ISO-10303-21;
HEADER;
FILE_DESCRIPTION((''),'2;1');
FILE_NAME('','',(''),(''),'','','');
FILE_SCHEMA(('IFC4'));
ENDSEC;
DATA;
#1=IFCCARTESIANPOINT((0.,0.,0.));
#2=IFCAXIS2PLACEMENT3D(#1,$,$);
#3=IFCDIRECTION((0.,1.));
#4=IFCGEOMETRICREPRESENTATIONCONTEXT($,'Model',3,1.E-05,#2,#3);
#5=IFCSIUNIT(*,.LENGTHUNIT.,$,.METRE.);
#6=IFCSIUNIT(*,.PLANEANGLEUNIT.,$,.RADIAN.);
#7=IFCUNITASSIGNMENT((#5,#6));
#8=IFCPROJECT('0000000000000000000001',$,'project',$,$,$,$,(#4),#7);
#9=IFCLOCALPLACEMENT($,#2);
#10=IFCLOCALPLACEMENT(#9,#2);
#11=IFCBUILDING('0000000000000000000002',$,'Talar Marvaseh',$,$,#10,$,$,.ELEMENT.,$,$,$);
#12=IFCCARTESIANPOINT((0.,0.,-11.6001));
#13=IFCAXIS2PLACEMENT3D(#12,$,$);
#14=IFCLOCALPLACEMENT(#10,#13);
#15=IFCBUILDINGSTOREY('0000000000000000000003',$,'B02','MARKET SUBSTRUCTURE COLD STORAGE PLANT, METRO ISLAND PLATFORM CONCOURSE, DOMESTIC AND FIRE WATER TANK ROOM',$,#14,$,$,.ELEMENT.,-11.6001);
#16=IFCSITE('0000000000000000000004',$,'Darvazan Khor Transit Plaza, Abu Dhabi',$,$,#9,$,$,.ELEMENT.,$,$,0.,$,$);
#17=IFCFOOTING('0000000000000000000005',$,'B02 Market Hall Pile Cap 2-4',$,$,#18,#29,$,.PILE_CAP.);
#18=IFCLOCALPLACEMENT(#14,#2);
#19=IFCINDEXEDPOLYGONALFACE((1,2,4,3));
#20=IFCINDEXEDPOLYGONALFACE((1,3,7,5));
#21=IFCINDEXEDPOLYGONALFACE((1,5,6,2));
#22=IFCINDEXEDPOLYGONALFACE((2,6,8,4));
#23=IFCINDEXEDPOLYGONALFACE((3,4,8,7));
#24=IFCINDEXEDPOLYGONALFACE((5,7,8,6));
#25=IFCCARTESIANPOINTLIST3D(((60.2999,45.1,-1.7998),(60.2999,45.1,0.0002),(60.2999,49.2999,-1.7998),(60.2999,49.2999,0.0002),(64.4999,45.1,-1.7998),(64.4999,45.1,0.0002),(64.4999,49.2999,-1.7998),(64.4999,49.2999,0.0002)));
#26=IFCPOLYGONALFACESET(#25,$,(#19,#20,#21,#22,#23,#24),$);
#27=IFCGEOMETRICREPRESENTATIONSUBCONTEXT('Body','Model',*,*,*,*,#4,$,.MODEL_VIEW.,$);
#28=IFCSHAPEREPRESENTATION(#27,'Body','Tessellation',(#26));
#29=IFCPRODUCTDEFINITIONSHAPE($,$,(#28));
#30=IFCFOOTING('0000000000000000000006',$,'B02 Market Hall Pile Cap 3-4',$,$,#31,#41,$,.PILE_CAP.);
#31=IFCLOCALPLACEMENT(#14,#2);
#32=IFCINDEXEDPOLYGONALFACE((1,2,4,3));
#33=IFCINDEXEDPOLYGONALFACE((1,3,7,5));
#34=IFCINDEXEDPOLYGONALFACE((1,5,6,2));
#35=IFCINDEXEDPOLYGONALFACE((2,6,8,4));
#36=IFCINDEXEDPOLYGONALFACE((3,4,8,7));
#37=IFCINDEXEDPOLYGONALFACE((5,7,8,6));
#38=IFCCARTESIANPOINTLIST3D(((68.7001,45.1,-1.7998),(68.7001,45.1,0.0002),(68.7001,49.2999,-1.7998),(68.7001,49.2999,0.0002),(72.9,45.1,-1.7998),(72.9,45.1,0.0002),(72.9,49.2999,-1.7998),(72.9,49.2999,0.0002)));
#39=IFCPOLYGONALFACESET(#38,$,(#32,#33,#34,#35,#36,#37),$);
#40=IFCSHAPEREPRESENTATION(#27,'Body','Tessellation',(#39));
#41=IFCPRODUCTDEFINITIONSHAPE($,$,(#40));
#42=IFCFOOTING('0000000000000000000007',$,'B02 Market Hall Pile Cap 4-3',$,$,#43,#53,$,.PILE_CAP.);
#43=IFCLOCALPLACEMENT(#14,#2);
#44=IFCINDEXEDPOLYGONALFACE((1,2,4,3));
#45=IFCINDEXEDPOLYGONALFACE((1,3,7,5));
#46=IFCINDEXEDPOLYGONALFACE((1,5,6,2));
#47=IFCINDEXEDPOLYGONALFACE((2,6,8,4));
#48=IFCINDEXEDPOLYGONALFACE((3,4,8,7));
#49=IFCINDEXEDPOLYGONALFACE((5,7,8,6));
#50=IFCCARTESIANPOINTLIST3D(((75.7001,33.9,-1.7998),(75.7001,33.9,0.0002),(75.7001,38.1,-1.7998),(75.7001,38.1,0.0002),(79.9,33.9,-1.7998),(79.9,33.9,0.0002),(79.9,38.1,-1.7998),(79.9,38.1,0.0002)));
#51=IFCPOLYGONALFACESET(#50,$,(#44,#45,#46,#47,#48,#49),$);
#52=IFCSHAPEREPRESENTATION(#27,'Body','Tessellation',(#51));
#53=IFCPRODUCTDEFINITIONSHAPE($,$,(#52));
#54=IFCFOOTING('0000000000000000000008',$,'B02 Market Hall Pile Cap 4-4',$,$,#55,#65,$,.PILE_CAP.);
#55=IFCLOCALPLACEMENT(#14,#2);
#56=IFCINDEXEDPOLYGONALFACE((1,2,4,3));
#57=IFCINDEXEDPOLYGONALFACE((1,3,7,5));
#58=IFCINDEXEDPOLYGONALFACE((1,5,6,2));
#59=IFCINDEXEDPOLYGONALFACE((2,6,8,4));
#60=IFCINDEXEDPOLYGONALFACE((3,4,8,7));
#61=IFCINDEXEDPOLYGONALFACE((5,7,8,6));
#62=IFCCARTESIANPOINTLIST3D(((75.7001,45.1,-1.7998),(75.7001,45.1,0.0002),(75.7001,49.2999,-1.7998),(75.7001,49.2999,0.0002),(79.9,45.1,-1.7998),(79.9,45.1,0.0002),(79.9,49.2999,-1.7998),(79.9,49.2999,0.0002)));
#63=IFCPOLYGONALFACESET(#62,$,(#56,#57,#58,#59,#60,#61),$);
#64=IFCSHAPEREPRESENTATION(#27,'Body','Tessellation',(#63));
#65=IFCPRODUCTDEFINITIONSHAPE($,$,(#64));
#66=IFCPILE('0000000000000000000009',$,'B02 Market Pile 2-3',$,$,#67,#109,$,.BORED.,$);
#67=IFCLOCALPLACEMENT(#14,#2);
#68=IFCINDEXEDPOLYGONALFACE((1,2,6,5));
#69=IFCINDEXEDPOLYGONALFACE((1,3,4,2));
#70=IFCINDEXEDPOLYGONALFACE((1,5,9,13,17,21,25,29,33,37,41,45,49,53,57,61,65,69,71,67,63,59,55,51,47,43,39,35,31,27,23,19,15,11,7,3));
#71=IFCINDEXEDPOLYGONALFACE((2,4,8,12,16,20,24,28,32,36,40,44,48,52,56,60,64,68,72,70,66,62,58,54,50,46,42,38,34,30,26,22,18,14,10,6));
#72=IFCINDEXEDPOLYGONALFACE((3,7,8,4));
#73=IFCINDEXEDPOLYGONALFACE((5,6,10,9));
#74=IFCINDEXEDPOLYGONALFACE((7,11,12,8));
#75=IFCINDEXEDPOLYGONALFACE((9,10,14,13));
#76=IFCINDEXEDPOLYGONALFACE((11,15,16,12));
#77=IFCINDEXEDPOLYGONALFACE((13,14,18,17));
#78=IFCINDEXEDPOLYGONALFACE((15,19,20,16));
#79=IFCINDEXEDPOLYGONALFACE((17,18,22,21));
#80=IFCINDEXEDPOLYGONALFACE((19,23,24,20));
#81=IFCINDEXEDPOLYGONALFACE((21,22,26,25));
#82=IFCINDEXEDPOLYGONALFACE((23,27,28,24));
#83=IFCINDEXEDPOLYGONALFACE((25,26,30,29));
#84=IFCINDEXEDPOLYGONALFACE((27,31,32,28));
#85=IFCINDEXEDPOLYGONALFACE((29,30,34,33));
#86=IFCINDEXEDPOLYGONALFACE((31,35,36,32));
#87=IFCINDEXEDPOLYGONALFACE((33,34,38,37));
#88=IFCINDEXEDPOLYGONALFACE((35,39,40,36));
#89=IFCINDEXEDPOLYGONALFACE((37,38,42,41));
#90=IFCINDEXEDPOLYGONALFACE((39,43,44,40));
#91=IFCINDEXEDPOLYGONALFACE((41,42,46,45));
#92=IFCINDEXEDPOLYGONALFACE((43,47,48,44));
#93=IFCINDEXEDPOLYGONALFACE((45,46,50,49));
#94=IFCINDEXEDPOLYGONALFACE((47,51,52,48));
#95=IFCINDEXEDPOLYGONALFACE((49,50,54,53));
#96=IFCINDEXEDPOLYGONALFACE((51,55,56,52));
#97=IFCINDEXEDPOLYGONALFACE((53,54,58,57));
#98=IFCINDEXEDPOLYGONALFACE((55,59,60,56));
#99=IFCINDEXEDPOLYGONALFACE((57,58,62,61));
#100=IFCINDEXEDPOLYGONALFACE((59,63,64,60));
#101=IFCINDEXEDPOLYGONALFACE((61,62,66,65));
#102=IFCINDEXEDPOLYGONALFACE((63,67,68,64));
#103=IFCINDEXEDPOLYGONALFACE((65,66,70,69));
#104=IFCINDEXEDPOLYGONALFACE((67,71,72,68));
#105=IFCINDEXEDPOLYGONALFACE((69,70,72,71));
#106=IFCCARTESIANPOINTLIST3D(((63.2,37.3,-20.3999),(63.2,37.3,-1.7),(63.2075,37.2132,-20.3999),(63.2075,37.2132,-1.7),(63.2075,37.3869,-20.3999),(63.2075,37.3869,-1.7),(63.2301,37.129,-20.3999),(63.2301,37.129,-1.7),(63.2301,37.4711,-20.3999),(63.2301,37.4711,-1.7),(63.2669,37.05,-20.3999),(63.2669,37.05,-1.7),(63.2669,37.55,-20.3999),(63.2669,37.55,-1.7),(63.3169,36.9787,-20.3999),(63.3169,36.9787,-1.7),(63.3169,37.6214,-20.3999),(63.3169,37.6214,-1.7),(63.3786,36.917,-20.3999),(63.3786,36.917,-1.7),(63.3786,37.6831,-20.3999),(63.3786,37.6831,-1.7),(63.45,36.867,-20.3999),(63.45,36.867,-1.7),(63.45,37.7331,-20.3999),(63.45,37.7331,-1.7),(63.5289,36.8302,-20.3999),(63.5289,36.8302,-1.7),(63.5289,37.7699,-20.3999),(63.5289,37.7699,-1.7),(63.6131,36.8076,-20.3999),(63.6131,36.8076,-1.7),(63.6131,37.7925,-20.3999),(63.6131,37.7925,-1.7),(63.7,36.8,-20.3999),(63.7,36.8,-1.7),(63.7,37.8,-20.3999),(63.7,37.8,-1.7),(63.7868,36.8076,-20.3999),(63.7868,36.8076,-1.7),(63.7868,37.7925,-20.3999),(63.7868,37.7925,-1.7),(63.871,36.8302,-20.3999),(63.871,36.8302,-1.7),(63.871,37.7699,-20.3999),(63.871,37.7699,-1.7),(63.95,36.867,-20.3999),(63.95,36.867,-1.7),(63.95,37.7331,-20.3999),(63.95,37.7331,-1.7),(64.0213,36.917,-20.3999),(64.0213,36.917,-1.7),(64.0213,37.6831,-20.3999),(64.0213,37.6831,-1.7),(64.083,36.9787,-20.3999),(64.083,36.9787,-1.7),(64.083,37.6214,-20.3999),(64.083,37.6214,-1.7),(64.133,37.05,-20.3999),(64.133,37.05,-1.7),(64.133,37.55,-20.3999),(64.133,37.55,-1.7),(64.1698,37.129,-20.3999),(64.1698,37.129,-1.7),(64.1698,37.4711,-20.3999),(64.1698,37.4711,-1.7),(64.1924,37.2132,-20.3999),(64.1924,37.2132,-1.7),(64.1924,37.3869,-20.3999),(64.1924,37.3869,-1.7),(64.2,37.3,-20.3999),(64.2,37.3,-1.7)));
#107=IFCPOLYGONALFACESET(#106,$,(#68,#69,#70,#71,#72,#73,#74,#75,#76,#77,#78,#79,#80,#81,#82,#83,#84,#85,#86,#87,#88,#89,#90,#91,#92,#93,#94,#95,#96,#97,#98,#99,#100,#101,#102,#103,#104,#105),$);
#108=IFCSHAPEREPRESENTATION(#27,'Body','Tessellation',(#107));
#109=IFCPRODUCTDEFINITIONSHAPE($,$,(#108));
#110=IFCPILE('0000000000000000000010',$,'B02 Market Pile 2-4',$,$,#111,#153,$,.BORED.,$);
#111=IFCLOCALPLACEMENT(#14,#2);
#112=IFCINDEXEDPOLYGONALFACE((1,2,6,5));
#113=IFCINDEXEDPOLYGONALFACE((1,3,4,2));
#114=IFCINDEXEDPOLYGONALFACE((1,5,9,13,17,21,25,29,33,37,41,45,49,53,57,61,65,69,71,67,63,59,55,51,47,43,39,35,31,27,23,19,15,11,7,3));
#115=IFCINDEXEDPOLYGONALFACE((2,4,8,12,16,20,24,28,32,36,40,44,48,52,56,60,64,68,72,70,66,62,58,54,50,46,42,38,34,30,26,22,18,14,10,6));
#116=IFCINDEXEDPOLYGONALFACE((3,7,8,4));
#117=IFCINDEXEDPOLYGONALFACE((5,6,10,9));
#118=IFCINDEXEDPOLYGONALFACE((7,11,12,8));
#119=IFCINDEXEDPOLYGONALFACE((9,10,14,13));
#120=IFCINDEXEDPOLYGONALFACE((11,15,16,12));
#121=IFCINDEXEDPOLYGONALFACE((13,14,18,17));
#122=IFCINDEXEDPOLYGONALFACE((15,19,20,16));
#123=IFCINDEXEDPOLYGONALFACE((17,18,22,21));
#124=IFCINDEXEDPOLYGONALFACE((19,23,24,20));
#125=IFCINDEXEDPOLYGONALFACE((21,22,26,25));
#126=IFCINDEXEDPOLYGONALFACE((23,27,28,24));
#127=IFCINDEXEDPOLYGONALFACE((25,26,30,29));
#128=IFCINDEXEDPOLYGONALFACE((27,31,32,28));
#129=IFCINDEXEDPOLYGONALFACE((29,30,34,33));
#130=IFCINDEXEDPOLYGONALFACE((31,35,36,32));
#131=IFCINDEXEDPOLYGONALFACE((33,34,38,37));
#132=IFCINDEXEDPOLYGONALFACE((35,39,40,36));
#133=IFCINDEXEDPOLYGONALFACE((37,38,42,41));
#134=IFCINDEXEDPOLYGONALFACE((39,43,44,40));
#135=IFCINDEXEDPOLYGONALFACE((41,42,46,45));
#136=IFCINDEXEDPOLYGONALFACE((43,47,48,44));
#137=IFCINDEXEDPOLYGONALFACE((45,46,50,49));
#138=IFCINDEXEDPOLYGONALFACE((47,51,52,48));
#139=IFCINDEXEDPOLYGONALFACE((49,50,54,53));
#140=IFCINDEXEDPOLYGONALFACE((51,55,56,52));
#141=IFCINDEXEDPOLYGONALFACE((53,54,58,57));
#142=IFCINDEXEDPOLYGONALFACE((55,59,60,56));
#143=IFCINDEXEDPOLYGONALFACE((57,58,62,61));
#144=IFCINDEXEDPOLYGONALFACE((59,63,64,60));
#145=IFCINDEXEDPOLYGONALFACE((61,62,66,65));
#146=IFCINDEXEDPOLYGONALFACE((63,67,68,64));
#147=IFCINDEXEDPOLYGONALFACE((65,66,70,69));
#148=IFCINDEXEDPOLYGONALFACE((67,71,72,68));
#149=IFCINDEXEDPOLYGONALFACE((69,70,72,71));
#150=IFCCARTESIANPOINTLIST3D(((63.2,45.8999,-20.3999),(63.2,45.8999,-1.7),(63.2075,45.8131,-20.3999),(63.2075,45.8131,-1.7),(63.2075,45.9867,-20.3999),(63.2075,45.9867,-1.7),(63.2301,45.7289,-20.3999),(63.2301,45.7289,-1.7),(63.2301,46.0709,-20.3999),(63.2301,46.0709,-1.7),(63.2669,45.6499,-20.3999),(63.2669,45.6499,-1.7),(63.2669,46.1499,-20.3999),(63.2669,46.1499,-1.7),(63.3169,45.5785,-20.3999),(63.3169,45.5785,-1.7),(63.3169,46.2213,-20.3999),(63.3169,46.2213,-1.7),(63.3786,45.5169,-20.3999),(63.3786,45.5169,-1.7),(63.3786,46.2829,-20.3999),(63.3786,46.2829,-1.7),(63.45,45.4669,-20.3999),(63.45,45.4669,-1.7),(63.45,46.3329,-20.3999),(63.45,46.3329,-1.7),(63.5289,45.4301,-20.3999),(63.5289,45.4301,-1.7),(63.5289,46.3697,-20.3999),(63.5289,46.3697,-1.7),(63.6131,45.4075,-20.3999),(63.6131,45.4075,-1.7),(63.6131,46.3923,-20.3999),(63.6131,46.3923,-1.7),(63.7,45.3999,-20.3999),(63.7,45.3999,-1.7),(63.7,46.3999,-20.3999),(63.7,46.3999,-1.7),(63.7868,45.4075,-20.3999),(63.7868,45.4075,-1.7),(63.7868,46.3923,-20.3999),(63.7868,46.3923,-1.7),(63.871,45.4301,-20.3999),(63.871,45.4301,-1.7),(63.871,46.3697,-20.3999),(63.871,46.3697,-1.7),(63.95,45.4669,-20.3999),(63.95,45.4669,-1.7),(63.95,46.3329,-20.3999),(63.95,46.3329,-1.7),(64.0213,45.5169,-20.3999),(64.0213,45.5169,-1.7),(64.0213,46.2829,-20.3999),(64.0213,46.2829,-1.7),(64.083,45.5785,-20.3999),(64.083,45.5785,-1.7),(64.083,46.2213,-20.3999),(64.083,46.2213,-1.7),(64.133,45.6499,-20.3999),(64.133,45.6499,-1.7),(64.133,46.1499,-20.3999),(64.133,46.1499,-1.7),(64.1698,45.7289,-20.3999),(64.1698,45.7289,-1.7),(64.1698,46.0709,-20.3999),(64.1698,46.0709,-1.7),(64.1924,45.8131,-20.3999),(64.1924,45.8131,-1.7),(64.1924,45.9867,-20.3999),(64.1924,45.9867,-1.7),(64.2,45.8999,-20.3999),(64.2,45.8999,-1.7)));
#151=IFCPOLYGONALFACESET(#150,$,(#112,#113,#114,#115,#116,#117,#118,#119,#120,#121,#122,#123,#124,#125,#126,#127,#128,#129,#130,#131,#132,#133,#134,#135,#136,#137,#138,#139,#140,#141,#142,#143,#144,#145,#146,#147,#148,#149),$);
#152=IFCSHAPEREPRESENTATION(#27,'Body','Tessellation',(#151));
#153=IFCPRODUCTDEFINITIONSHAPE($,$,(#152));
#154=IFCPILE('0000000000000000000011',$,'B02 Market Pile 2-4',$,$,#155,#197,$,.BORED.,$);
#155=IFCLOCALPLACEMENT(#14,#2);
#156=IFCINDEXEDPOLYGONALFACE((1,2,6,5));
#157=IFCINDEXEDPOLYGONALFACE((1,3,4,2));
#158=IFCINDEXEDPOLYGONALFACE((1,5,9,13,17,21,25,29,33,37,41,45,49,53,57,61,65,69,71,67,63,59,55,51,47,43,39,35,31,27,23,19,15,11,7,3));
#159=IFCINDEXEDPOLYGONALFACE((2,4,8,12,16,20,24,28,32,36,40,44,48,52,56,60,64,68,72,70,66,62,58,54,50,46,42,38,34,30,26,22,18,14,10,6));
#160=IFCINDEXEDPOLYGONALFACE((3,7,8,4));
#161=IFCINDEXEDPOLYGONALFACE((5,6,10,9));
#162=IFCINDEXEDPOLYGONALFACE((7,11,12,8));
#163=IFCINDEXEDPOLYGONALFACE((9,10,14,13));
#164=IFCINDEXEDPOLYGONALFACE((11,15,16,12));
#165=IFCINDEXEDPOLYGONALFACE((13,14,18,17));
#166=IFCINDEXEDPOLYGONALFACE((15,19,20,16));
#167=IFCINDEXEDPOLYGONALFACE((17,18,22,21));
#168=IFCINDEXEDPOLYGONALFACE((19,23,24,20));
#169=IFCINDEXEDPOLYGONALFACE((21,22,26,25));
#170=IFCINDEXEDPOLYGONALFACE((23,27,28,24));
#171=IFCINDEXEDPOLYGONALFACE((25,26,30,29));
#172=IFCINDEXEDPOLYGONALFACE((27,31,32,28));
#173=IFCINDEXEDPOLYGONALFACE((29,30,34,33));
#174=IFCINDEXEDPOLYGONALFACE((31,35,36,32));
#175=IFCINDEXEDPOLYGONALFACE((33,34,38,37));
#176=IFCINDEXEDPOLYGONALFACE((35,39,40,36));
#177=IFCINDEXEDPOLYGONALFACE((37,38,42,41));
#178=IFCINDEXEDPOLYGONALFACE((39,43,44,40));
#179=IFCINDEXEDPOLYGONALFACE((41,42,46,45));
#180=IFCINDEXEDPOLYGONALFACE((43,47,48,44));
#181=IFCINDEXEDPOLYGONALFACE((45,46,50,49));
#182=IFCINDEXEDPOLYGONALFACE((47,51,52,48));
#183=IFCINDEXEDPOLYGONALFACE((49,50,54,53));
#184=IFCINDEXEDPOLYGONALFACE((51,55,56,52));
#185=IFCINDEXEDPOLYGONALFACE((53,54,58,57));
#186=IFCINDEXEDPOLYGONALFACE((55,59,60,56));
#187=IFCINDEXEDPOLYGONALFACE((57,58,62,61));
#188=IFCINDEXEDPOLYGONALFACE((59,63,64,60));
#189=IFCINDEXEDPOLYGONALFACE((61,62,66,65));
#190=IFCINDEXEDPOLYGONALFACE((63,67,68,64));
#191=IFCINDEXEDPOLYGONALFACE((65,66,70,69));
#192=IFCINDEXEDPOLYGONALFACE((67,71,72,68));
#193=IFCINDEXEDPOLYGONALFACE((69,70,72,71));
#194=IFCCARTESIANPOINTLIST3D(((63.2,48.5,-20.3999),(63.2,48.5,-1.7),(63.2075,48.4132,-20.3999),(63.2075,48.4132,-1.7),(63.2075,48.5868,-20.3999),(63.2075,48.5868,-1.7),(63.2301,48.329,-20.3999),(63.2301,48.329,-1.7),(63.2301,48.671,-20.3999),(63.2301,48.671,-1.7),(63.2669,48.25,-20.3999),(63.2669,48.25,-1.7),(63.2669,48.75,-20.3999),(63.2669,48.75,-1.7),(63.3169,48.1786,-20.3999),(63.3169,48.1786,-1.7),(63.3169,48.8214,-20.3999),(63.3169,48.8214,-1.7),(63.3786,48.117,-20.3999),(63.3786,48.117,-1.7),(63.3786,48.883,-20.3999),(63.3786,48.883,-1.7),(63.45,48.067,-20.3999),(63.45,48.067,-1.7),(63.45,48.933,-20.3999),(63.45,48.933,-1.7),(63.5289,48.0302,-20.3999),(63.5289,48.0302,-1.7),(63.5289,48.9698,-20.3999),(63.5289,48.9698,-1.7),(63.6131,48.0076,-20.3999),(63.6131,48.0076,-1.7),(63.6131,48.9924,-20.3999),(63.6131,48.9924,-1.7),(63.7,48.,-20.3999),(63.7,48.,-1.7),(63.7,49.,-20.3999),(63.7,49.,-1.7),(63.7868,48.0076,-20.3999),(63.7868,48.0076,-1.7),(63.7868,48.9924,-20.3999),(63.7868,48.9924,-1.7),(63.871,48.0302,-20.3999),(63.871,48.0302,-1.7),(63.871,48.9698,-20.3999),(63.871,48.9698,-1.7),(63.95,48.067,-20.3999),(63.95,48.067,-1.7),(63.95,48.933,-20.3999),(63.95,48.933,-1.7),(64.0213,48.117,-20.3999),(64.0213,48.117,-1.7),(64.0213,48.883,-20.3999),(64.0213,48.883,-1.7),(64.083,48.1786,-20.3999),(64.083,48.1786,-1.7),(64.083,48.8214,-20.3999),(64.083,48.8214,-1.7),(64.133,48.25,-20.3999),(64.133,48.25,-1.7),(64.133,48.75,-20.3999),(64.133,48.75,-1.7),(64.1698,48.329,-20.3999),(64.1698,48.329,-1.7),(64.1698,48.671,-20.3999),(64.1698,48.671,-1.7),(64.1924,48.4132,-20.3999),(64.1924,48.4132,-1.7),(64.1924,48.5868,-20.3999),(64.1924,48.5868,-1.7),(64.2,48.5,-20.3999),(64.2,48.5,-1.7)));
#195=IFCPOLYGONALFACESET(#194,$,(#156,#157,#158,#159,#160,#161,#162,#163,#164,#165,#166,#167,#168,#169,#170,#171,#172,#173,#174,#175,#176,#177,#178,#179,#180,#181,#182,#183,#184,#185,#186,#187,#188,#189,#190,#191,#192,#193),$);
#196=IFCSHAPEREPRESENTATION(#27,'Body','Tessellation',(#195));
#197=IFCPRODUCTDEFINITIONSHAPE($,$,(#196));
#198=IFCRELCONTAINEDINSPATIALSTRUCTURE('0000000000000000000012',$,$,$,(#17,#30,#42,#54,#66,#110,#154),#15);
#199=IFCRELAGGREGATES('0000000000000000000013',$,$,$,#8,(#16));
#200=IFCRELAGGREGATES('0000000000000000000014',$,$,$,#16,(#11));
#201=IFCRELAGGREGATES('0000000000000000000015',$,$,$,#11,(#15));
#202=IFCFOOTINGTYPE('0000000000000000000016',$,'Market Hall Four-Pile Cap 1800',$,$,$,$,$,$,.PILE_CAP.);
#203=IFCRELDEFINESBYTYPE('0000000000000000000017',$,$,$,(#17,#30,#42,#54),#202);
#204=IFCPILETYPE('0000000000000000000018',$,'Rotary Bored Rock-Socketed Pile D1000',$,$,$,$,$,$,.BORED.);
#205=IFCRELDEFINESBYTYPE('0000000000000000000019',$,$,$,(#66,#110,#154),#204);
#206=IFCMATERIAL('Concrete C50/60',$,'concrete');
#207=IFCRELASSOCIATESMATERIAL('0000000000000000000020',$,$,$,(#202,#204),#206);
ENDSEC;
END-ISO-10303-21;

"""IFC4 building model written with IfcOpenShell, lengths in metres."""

from ifc_helpers import new_model, si_unit, direction, frame, origin, origin_2d, place, context, subcontext, project, spatial, rectangle, circle, extrude, source, transform, mapped, material, material_profile, profile_set, type_object, type_shapes, element, save


model = new_model("IFC4")

# Units and contexts
model_context = context("Model", 3, precision=1e-05, world=origin(), true_north=direction((0.0, 1.0)))
body_context = subcontext(model_context, "Body", "Model", "MODEL_VIEW")
ifc_project = project(units=[si_unit("LENGTHUNIT", "METRE"), si_unit("PLANEANGLEUNIT", "RADIAN")], contexts=[model_context])

# Site, building, storey
site_placement = place(None, origin())
site = spatial("IfcSite", under=ifc_project, at=site_placement, Name="Darvazan Khor Transit Plaza, Abu Dhabi", CompositionType="ELEMENT", RefElevation=0.0)
building_placement = place(site_placement, origin())
building = spatial("IfcBuilding", under=site, at=building_placement, Name="Talar Marvaseh", CompositionType="ELEMENT")
storey_placement = place(building_placement, frame((0.0, 0.0, -11.6001)))
storey = spatial("IfcBuildingStorey", under=building, at=storey_placement, Name="B02", Description="MARKET SUBSTRUCTURE COLD STORAGE PLANT, METRO ISLAND PLATFORM CONCOURSE, DOMESTIC AND FIRE WATER TANK ROOM", CompositionType="ELEMENT", Elevation=-11.6001)

# Footings
ifc_material_1 = material(Name="Concrete C50/60", Category="concrete")
footing_type_1 = type_object("IfcFootingType", Name="Market Hall Four-Pile Cap 1800", PredefinedType="PILE_CAP", material=ifc_material_1)
shared_shape_1 = source(origin(), body_context, "Body", "SweptSolid", [
    extrude(rectangle(XDim=4.2, YDim=4.2, at=origin_2d()), origin(), (0.0, 0.0, 1.0), 1.8),
])
type_shapes(footing_type_1, [shared_shape_1])
for number, where, z_axis, x_axis, name in (
    (1, (62.3999, 47.2, -1.7998), (0.0, 0.0, 1.0), (1.0, 0.0, 0.0), "B02 Market Hall Pile Cap 2-4"),
    (2, (70.8, 47.2, -1.7998), (0.0, 0.0, 1.0), (1.0, 0.0, 0.0), "B02 Market Hall Pile Cap 3-4"),
    (3, (77.8, 36.0, -1.7998), (0.0, 0.0, 1.0), (1.0, 0.0, 0.0), "B02 Market Hall Pile Cap 4-3"),
    (4, (77.8, 47.2, -1.7998), (0.0, 0.0, 1.0), (1.0, 0.0, 0.0), "B02 Market Hall Pile Cap 4-4"),
):
    element("IfcFooting", number, at=place(storey_placement, frame(where, z_axis=z_axis, x_axis=x_axis)), inside=storey, type_object=footing_type_1, Name=name, PredefinedType="PILE_CAP", context=body_context, shape_type="MappedRepresentation", body=[
        mapped(shared_shape_1, transform((0.0, 0.0, 0.0), x_axis=(1.0, 0.0, 0.0), y_axis=(0.0, 1.0, 0.0), z_axis=(0.0, 0.0, 1.0), scale=1.0)),
    ])

# Piles
ifc_material_profile_1 = material_profile(ifc_material_1, circle(Radius=0.5, at=origin_2d()), Name="PILE-D1000")
ifc_profile_set_1 = profile_set([ifc_material_profile_1], Name="Concrete C50/60")
pile_type = type_object("IfcPileType", Name="Rotary Bored Rock-Socketed Pile D1000", PredefinedType="BORED", material=ifc_profile_set_1)
shared_shape_2 = source(origin(), body_context, "Body", "SweptSolid", [
    extrude(circle(Radius=0.5, at=origin_2d()), origin(), (0.0, 0.0, 1.0), 18.7),
])
type_shapes(pile_type, [shared_shape_2])
for number, where, z_axis, x_axis, name in (
    (5, (63.7, 37.3, -1.7), (0.0, 0.0, -1.0), (1.0, 0.0, 0.0), "B02 Market Pile 2-3"),
    (6, (63.7, 45.8999, -1.7), (0.0, 0.0, -1.0), (1.0, 0.0, 0.0), "B02 Market Pile 2-4"),
    (7, (63.7, 48.5, -1.7), (0.0, 0.0, -1.0), (1.0, 0.0, 0.0), "B02 Market Pile 2-4"),
):
    element("IfcPile", number, at=place(storey_placement, frame(where, z_axis=z_axis, x_axis=x_axis)), inside=storey, type_object=pile_type, Name=name, PredefinedType="BORED", context=body_context, shape_type="MappedRepresentation", body=[
        mapped(shared_shape_2, transform((0.0, 0.0, 0.0), x_axis=(1.0, 0.0, 0.0), y_axis=(0.0, 1.0, 0.0), z_axis=(0.0, 0.0, 1.0), scale=1.0)),
    ])

save(model, "model.ifc")
